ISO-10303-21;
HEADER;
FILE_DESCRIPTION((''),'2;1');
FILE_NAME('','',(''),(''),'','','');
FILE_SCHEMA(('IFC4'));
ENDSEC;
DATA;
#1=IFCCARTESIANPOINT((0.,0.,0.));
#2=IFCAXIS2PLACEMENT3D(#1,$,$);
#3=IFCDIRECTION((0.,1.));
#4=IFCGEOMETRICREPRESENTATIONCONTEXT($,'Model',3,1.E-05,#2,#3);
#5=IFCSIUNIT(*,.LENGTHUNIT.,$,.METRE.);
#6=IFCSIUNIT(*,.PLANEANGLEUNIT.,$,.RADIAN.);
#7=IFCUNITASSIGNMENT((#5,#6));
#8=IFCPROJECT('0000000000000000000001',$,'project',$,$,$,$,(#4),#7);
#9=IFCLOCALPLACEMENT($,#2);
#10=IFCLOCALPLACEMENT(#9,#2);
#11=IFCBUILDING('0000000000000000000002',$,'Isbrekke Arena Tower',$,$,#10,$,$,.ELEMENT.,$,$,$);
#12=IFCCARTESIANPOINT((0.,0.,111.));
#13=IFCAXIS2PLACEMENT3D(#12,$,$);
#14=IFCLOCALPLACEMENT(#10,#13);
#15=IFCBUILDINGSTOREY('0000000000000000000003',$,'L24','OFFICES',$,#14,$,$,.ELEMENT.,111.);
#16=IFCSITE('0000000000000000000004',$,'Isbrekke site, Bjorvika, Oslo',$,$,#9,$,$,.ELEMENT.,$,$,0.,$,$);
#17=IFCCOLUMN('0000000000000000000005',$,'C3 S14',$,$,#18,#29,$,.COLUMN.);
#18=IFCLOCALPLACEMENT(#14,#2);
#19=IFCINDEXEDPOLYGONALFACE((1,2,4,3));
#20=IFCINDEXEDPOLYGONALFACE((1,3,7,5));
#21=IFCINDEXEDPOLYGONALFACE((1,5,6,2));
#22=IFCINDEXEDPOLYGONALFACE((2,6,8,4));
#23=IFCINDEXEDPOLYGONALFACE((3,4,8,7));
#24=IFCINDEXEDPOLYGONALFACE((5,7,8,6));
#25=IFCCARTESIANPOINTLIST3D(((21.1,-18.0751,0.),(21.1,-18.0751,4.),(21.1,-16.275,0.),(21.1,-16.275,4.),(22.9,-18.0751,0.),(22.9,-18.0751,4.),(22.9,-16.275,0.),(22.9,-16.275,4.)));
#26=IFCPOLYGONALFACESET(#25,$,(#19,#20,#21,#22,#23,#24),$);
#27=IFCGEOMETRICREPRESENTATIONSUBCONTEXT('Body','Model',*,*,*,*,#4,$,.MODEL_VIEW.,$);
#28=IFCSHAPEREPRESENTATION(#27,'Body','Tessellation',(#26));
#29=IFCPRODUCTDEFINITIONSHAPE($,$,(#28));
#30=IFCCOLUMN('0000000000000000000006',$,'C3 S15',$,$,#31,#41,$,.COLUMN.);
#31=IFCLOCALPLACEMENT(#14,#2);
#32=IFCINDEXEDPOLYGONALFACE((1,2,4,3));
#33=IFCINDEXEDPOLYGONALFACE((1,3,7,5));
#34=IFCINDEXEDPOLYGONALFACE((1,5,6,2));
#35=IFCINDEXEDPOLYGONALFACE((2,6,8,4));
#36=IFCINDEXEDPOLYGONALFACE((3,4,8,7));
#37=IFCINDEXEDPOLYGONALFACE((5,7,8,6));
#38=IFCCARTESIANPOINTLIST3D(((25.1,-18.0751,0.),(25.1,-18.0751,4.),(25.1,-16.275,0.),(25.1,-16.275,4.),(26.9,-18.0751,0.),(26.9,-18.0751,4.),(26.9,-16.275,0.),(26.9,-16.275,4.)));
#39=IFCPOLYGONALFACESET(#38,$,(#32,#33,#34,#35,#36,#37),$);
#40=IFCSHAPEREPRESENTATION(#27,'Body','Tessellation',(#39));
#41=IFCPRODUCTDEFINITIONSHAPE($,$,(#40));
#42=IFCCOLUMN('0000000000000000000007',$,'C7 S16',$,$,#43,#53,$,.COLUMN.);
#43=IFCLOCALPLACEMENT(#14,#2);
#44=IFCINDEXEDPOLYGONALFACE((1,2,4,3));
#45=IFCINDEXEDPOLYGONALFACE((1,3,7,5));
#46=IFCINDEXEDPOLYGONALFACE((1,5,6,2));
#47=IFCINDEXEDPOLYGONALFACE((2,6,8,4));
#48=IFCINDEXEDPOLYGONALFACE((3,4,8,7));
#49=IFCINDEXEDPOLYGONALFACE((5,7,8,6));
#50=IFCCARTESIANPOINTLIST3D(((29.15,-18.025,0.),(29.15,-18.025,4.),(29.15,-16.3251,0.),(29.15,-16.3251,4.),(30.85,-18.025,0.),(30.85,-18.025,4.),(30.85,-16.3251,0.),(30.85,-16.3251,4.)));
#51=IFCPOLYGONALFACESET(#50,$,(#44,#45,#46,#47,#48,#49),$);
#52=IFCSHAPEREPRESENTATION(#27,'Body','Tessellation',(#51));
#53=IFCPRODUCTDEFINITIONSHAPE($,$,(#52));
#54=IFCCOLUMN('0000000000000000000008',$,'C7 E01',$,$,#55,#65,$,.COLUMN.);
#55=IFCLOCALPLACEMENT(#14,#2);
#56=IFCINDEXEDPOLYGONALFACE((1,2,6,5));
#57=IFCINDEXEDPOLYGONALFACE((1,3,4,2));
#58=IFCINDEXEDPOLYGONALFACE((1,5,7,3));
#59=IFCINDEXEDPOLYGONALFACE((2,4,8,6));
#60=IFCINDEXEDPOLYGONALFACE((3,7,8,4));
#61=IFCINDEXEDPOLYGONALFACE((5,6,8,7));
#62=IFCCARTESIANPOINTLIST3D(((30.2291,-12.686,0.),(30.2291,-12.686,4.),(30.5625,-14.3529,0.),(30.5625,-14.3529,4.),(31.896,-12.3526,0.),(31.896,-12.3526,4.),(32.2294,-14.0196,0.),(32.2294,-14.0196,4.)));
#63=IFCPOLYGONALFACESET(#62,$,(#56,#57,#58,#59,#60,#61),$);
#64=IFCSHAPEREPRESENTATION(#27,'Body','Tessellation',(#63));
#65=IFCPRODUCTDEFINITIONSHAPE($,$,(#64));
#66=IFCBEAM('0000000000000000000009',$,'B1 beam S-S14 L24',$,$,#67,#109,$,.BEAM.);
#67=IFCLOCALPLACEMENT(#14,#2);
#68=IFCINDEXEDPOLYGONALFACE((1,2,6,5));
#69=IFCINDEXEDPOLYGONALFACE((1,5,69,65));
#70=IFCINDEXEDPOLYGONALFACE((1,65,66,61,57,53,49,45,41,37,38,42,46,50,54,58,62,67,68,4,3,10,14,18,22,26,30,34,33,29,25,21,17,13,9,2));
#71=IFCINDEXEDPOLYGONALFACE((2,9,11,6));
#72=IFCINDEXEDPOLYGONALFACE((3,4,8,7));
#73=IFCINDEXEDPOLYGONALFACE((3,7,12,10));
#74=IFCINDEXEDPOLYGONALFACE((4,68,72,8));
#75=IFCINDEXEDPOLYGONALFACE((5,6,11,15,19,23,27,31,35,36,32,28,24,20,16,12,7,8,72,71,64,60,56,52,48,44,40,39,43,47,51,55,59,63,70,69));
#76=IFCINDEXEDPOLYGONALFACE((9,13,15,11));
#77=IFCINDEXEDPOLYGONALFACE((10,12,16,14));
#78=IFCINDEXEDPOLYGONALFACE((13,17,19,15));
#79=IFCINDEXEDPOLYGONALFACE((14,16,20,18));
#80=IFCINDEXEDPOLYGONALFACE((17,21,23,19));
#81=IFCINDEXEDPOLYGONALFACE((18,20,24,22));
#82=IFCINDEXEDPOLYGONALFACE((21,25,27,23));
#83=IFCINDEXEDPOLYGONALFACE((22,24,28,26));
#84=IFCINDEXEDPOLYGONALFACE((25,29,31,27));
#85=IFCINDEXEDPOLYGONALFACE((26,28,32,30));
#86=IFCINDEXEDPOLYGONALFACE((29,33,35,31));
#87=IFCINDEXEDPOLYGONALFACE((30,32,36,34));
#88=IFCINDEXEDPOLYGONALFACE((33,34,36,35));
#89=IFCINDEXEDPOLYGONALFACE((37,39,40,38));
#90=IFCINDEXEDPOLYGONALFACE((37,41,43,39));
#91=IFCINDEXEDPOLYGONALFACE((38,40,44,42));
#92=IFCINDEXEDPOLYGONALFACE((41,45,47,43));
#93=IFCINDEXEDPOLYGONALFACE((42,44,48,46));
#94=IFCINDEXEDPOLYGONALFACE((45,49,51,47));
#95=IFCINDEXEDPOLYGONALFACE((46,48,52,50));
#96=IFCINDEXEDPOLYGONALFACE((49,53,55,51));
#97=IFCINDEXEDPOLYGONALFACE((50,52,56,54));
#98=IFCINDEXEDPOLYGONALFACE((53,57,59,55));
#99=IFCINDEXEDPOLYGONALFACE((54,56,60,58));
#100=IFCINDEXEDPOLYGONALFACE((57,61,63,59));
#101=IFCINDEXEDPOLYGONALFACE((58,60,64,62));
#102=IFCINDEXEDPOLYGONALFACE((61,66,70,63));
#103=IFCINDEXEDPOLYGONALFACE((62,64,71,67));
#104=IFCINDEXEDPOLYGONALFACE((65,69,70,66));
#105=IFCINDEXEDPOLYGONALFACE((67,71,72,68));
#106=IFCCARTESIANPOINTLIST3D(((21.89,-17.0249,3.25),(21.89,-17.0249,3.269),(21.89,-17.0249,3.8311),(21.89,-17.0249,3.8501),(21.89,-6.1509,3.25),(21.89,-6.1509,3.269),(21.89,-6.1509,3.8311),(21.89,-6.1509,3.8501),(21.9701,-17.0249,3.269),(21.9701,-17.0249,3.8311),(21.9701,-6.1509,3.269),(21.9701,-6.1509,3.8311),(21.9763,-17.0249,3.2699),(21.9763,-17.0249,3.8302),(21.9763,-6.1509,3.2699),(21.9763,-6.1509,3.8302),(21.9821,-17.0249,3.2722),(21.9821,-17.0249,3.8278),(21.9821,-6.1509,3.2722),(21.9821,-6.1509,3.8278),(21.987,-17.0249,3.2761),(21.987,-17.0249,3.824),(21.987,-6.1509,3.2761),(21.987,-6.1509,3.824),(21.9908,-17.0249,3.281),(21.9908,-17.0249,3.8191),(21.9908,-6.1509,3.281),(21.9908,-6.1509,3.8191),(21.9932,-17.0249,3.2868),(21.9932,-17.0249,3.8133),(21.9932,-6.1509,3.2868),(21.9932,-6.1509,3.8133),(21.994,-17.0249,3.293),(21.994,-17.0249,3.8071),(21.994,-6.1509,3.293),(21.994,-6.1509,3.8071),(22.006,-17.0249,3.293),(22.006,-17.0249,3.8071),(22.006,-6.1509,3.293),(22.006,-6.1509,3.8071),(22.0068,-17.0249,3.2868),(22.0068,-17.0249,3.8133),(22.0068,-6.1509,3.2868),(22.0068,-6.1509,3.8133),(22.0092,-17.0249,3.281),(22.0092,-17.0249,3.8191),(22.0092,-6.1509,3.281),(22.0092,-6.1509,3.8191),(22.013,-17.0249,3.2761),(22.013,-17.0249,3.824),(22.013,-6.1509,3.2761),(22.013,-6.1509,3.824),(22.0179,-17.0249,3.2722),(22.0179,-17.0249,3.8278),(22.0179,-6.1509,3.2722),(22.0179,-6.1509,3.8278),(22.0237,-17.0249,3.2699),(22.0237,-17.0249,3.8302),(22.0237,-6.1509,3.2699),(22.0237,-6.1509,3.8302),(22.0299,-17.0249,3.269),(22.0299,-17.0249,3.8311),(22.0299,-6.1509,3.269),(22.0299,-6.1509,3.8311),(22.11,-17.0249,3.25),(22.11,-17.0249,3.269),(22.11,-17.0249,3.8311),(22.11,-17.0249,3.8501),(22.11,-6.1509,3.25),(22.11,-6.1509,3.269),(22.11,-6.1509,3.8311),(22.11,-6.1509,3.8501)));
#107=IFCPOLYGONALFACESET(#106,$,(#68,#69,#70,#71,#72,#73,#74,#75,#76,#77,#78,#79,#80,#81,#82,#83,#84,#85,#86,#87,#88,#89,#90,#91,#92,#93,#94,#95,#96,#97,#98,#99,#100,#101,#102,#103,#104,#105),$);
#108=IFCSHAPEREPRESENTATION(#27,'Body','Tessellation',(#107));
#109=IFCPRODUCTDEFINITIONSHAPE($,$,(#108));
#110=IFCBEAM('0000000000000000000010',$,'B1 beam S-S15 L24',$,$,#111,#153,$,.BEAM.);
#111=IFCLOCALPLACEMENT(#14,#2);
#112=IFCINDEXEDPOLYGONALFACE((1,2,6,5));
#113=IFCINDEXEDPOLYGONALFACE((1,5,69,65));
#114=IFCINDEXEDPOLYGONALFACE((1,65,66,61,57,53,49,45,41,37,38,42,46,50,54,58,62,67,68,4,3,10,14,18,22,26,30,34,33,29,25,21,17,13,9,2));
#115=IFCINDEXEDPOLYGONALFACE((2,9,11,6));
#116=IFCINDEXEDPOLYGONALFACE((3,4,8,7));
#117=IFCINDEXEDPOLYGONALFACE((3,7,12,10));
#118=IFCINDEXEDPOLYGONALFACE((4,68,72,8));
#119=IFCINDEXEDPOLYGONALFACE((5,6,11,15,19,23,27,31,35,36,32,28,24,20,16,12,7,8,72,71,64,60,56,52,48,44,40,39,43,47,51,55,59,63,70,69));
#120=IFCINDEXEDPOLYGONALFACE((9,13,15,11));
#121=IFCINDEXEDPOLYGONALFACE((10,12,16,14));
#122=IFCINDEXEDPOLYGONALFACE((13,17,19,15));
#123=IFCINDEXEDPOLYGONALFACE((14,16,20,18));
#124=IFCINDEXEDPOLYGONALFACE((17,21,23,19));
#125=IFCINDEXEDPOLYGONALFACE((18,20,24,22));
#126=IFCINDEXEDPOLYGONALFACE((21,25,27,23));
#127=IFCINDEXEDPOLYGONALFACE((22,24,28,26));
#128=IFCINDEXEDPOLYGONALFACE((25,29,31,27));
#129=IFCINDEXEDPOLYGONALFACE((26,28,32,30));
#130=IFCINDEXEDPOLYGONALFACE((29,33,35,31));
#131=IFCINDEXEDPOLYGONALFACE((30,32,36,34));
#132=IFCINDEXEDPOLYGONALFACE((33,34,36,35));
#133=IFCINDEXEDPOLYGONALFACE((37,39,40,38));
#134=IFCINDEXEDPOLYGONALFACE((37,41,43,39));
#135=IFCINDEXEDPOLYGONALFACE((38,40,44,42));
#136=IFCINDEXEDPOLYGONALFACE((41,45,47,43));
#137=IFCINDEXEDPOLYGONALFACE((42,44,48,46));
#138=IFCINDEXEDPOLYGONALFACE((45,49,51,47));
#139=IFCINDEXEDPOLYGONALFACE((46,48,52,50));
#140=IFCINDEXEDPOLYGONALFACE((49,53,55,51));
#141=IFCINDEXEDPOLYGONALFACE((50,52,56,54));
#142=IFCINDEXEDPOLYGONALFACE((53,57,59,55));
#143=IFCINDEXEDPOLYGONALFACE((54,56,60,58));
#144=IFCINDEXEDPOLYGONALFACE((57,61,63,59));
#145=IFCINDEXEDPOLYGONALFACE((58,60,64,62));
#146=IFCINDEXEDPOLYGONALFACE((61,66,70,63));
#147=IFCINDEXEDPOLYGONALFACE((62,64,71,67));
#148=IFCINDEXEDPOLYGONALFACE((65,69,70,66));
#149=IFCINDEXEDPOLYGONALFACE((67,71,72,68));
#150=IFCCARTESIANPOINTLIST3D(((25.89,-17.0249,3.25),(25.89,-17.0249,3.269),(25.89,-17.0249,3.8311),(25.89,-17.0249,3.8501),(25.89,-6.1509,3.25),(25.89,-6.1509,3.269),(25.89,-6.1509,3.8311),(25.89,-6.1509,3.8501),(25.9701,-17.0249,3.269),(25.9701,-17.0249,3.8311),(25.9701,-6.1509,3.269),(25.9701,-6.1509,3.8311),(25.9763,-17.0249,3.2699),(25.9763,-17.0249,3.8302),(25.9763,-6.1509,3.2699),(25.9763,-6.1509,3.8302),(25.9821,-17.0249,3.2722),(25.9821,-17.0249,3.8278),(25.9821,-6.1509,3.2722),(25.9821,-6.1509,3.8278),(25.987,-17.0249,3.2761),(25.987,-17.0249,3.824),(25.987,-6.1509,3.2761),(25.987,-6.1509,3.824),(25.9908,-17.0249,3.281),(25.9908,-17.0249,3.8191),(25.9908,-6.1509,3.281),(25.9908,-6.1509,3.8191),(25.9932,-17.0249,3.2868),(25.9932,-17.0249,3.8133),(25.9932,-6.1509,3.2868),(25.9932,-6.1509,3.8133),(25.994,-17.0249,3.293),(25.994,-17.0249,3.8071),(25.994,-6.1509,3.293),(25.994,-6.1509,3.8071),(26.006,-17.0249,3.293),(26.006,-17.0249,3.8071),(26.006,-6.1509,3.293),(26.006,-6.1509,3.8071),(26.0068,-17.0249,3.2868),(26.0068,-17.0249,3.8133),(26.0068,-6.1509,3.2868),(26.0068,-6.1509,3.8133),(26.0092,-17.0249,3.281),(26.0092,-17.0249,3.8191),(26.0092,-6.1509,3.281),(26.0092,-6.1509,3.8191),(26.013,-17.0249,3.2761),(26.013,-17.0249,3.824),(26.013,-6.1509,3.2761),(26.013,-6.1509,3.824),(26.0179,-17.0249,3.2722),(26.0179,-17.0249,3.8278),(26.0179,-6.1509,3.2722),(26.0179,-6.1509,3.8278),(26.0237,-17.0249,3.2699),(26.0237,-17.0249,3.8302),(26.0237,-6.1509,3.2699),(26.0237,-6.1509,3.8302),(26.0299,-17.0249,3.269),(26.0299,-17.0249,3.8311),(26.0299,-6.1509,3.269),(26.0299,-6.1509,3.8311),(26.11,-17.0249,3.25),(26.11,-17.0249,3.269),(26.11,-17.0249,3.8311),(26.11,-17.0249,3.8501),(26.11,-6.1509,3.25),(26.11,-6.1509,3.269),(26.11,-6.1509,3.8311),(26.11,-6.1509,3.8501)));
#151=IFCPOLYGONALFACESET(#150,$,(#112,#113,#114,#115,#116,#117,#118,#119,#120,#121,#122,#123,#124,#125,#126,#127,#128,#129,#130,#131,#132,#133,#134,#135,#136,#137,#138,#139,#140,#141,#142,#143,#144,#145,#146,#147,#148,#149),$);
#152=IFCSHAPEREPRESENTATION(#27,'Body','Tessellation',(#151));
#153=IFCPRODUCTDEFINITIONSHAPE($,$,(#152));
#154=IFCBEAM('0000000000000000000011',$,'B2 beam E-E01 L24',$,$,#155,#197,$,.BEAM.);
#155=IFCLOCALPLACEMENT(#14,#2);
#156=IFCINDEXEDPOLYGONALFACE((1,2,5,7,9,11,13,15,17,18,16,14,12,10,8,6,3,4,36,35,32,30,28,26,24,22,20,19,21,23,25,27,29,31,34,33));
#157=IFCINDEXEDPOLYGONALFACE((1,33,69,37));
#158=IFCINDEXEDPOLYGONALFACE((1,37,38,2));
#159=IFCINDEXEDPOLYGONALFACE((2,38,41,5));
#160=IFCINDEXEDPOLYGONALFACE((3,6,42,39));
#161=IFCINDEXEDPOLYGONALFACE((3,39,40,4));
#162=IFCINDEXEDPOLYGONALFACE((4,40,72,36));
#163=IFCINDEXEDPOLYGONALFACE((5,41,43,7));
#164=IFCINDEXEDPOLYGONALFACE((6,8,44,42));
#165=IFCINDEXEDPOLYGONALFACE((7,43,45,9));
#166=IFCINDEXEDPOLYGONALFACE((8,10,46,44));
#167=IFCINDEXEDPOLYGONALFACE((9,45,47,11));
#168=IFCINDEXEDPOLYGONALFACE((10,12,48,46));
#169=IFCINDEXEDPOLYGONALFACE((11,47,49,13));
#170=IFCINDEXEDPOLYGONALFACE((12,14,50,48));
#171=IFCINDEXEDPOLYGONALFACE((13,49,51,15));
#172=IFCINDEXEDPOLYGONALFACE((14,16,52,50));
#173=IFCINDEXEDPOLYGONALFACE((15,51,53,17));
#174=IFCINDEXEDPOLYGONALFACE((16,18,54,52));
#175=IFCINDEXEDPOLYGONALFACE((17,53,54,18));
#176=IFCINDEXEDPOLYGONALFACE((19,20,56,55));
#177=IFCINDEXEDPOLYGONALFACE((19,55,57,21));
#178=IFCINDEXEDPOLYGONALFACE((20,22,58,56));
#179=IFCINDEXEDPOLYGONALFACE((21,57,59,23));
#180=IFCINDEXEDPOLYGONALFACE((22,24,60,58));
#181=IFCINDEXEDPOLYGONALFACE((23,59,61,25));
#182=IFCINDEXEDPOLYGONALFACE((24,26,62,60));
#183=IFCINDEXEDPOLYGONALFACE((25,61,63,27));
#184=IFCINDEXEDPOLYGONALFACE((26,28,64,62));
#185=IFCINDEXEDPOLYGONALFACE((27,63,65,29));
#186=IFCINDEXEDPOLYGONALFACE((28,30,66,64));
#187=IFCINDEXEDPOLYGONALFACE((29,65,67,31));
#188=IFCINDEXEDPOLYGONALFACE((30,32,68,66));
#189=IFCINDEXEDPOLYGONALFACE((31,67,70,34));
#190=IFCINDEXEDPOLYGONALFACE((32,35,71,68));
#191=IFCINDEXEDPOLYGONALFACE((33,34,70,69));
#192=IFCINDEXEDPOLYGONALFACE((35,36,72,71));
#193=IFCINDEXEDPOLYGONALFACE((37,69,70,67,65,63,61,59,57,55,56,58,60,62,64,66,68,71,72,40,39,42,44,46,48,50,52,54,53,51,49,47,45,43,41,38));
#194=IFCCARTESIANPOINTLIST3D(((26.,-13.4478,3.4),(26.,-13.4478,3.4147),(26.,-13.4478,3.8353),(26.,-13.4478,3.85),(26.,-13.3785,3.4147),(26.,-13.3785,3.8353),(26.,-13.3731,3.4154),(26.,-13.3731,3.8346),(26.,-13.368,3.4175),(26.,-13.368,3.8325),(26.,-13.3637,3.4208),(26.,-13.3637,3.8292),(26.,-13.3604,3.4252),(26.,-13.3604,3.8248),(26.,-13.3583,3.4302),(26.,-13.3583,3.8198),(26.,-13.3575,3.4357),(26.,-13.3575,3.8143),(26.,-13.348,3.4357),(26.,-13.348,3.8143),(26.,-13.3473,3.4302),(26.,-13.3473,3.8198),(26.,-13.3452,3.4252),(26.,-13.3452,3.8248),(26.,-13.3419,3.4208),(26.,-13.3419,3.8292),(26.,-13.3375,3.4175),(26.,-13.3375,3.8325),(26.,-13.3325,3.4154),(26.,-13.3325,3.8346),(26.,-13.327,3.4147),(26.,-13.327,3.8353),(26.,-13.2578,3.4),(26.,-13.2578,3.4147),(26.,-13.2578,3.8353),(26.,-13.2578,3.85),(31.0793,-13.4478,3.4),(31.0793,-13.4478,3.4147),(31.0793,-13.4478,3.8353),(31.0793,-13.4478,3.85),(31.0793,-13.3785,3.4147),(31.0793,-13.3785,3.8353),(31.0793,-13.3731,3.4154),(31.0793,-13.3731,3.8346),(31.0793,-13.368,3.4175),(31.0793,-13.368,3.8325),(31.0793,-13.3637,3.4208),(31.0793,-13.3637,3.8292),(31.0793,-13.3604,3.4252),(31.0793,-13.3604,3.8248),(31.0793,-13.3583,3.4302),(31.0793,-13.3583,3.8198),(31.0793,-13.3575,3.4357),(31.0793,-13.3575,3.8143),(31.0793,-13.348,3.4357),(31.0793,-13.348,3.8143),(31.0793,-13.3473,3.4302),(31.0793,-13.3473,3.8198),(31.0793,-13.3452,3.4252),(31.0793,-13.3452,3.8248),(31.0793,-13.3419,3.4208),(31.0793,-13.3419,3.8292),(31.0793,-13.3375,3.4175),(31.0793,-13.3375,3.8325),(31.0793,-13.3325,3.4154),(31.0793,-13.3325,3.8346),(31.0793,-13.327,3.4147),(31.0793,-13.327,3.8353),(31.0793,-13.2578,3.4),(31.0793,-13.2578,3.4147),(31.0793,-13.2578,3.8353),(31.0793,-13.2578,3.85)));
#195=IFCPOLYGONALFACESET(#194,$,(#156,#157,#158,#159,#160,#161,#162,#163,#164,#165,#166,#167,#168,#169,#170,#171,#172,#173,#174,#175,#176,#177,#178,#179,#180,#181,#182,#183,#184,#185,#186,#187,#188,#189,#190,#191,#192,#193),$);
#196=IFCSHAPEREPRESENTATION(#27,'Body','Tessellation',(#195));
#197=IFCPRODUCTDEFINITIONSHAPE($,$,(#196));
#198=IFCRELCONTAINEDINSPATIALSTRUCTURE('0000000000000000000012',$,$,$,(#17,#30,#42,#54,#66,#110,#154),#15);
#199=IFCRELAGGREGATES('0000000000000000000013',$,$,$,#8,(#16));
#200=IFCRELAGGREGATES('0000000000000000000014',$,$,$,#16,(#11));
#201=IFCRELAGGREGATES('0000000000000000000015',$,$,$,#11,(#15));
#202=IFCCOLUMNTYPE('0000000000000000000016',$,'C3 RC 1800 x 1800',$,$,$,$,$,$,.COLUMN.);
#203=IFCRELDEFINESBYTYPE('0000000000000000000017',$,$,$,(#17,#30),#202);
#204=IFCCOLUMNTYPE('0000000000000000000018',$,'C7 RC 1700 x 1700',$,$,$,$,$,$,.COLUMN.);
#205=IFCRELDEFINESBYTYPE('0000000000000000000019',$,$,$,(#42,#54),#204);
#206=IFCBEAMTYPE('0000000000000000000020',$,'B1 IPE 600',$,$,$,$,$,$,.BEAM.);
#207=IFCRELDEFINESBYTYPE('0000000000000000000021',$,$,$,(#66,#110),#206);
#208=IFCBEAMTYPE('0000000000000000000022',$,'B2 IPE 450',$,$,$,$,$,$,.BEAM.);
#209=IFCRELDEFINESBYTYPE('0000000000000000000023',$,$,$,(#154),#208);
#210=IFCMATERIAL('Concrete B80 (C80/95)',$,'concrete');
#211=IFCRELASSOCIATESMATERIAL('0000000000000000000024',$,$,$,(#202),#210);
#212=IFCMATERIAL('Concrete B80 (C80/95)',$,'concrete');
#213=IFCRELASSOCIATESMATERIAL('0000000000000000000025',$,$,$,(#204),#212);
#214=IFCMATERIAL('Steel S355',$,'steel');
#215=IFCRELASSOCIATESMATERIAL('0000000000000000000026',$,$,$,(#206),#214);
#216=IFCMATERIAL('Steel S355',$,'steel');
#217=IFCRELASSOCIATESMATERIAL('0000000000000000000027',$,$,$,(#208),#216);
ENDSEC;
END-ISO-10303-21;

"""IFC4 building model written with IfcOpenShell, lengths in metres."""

from ifc_helpers import new_model, si_unit, direction, frame, origin, origin_2d, place, context, subcontext, project, spatial, rectangle, i_section, extrude, material, material_profile, profile_set, type_object, element, save


model = new_model("IFC4")

# Units and contexts
model_context = context("Model", 3, precision=1e-05, world=origin(), true_north=direction((0.0, 1.0)))
body_context = subcontext(model_context, "Body", "Model", "MODEL_VIEW")
ifc_project = project(units=[si_unit("LENGTHUNIT", "METRE"), si_unit("PLANEANGLEUNIT", "RADIAN")], contexts=[model_context])

# Site, building, storey
site_placement = place(None, origin())
site = spatial("IfcSite", under=ifc_project, at=site_placement, Name="Isbrekke site, Bjorvika, Oslo", CompositionType="ELEMENT", RefElevation=0.0)
building_placement = place(site_placement, origin())
building = spatial("IfcBuilding", under=site, at=building_placement, Name="Isbrekke Arena Tower", CompositionType="ELEMENT")
storey_placement = place(building_placement, frame((0.0, 0.0, 111.0)))
storey = spatial("IfcBuildingStorey", under=building, at=storey_placement, Name="L24", Description="OFFICES", CompositionType="ELEMENT", Elevation=111.0)

# Columns
ifc_material_1 = material(Name="Concrete B80 (C80/95)", Category="concrete")
ifc_material_profile_1 = material_profile(ifc_material_1, rectangle(XDim=1.8, YDim=1.8, at=origin_2d()), Name="RC 1800x1800")
ifc_profile_set_1 = profile_set([ifc_material_profile_1], Name="Concrete B80 (C80/95)")
column_type_1 = type_object("IfcColumnType", Name="C3 RC 1800 x 1800", PredefinedType="COLUMN", material=ifc_profile_set_1)
for number, where, z_axis, x_axis, name in (
    (1, (22.0, -17.175, 0.0), (0.0, 0.0, 1.0), (1.0, 0.0, 0.0), "C3 S14"),
    (2, (26.0, -17.175, 0.0), (0.0, 0.0, 1.0), (1.0, 0.0, 0.0), "C3 S15"),
):
    element("IfcColumn", number, at=place(storey_placement, frame(where, z_axis=z_axis, x_axis=x_axis)), inside=storey, type_object=column_type_1, Name=name, PredefinedType="COLUMN", context=body_context, shape_type="SweptSolid", body=[
        extrude(rectangle(XDim=1.8, YDim=1.8, at=origin_2d()), origin(), (0.0, 0.0, 1.0), 4.0),
    ])
ifc_material_2 = material(Name="Concrete B80 (C80/95)", Category="concrete")
ifc_material_profile_2 = material_profile(ifc_material_2, rectangle(XDim=1.7, YDim=1.7, at=origin_2d()), Name="RC 1700x1700")
ifc_profile_set_2 = profile_set([ifc_material_profile_2], Name="Concrete B80 (C80/95)")
column_type_2 = type_object("IfcColumnType", Name="C7 RC 1700 x 1700", PredefinedType="COLUMN", material=ifc_profile_set_2)
for number, where, z_axis, x_axis, name in (
    (3, (30.0, -17.175, 0.0), (0.0, 0.0, 1.0), (1.0, 0.0, 0.0), "C7 S16"),
    (4, (31.2292, -13.3528, 0.0), (0.0, 0.0, 1.0), (-0.196116, 0.980581, 0.0), "C7 E01"),
):
    element("IfcColumn", number, at=place(storey_placement, frame(where, z_axis=z_axis, x_axis=x_axis)), inside=storey, type_object=column_type_2, Name=name, PredefinedType="COLUMN", context=body_context, shape_type="SweptSolid", body=[
        extrude(rectangle(XDim=1.7, YDim=1.7, at=origin_2d()), origin(), (0.0, 0.0, 1.0), 4.0),
    ])

# Beams
ifc_material_3 = material(Name="Steel S355", Category="steel")
ifc_material_profile_3 = material_profile(ifc_material_3, i_section(OverallWidth=0.22, OverallDepth=0.6001, WebThickness=0.012, FlangeThickness=0.019, FilletRadius=0.0239, at=origin_2d()), Name="IPE 600")
ifc_profile_set_3 = profile_set([ifc_material_profile_3], Name="Steel S355")
beam_type_1 = type_object("IfcBeamType", Name="B1 IPE 600", PredefinedType="BEAM", material=ifc_profile_set_3)
for number, where, z_axis, x_axis, name in (
    (5, (22.0, -17.0249, 3.55), (0.0, 1.0, 0.0), (-1.0, 0.0, 0.0), "B1 beam S-S14 L24"),
    (6, (26.0, -17.0249, 3.55), (0.0, 1.0, 0.0), (-1.0, 0.0, 0.0), "B1 beam S-S15 L24"),
):
    element("IfcBeam", number, at=place(storey_placement, frame(where, z_axis=z_axis, x_axis=x_axis)), inside=storey, type_object=beam_type_1, Name=name, PredefinedType="BEAM", context=body_context, shape_type="SweptSolid", body=[
        extrude(i_section(OverallWidth=0.22, OverallDepth=0.6001, WebThickness=0.012, FlangeThickness=0.019, FilletRadius=0.0239, at=origin_2d()), origin(), (0.0, 0.0, 1.0), 10.874),
    ])
ifc_material_4 = material(Name="Steel S355", Category="steel")
ifc_material_profile_4 = material_profile(ifc_material_4, i_section(OverallWidth=0.1899, OverallDepth=0.45, WebThickness=0.0095, FlangeThickness=0.0146, FilletRadius=0.021, at=origin_2d()), Name="IPE 450")
ifc_profile_set_4 = profile_set([ifc_material_profile_4], Name="Steel S355")
beam_type_2 = type_object("IfcBeamType", Name="B2 IPE 450", PredefinedType="BEAM", material=ifc_profile_set_4)
beam_1_placement = place(storey_placement, frame((31.0793, -13.3528, 3.625), z_axis=(-1.0, 0.0, 0.0), x_axis=(0.0, -1.0, 0.0)))
element("IfcBeam", 7, at=beam_1_placement, inside=storey, type_object=beam_type_2, Name="B2 beam E-E01 L24", PredefinedType="BEAM", context=body_context, shape_type="SweptSolid", body=[
    extrude(i_section(OverallWidth=0.1899, OverallDepth=0.45, WebThickness=0.0095, FlangeThickness=0.0146, FilletRadius=0.021, at=origin_2d()), origin(), (0.0, 0.0, 1.0), 5.0793),
])

save(model, "model.ifc")
